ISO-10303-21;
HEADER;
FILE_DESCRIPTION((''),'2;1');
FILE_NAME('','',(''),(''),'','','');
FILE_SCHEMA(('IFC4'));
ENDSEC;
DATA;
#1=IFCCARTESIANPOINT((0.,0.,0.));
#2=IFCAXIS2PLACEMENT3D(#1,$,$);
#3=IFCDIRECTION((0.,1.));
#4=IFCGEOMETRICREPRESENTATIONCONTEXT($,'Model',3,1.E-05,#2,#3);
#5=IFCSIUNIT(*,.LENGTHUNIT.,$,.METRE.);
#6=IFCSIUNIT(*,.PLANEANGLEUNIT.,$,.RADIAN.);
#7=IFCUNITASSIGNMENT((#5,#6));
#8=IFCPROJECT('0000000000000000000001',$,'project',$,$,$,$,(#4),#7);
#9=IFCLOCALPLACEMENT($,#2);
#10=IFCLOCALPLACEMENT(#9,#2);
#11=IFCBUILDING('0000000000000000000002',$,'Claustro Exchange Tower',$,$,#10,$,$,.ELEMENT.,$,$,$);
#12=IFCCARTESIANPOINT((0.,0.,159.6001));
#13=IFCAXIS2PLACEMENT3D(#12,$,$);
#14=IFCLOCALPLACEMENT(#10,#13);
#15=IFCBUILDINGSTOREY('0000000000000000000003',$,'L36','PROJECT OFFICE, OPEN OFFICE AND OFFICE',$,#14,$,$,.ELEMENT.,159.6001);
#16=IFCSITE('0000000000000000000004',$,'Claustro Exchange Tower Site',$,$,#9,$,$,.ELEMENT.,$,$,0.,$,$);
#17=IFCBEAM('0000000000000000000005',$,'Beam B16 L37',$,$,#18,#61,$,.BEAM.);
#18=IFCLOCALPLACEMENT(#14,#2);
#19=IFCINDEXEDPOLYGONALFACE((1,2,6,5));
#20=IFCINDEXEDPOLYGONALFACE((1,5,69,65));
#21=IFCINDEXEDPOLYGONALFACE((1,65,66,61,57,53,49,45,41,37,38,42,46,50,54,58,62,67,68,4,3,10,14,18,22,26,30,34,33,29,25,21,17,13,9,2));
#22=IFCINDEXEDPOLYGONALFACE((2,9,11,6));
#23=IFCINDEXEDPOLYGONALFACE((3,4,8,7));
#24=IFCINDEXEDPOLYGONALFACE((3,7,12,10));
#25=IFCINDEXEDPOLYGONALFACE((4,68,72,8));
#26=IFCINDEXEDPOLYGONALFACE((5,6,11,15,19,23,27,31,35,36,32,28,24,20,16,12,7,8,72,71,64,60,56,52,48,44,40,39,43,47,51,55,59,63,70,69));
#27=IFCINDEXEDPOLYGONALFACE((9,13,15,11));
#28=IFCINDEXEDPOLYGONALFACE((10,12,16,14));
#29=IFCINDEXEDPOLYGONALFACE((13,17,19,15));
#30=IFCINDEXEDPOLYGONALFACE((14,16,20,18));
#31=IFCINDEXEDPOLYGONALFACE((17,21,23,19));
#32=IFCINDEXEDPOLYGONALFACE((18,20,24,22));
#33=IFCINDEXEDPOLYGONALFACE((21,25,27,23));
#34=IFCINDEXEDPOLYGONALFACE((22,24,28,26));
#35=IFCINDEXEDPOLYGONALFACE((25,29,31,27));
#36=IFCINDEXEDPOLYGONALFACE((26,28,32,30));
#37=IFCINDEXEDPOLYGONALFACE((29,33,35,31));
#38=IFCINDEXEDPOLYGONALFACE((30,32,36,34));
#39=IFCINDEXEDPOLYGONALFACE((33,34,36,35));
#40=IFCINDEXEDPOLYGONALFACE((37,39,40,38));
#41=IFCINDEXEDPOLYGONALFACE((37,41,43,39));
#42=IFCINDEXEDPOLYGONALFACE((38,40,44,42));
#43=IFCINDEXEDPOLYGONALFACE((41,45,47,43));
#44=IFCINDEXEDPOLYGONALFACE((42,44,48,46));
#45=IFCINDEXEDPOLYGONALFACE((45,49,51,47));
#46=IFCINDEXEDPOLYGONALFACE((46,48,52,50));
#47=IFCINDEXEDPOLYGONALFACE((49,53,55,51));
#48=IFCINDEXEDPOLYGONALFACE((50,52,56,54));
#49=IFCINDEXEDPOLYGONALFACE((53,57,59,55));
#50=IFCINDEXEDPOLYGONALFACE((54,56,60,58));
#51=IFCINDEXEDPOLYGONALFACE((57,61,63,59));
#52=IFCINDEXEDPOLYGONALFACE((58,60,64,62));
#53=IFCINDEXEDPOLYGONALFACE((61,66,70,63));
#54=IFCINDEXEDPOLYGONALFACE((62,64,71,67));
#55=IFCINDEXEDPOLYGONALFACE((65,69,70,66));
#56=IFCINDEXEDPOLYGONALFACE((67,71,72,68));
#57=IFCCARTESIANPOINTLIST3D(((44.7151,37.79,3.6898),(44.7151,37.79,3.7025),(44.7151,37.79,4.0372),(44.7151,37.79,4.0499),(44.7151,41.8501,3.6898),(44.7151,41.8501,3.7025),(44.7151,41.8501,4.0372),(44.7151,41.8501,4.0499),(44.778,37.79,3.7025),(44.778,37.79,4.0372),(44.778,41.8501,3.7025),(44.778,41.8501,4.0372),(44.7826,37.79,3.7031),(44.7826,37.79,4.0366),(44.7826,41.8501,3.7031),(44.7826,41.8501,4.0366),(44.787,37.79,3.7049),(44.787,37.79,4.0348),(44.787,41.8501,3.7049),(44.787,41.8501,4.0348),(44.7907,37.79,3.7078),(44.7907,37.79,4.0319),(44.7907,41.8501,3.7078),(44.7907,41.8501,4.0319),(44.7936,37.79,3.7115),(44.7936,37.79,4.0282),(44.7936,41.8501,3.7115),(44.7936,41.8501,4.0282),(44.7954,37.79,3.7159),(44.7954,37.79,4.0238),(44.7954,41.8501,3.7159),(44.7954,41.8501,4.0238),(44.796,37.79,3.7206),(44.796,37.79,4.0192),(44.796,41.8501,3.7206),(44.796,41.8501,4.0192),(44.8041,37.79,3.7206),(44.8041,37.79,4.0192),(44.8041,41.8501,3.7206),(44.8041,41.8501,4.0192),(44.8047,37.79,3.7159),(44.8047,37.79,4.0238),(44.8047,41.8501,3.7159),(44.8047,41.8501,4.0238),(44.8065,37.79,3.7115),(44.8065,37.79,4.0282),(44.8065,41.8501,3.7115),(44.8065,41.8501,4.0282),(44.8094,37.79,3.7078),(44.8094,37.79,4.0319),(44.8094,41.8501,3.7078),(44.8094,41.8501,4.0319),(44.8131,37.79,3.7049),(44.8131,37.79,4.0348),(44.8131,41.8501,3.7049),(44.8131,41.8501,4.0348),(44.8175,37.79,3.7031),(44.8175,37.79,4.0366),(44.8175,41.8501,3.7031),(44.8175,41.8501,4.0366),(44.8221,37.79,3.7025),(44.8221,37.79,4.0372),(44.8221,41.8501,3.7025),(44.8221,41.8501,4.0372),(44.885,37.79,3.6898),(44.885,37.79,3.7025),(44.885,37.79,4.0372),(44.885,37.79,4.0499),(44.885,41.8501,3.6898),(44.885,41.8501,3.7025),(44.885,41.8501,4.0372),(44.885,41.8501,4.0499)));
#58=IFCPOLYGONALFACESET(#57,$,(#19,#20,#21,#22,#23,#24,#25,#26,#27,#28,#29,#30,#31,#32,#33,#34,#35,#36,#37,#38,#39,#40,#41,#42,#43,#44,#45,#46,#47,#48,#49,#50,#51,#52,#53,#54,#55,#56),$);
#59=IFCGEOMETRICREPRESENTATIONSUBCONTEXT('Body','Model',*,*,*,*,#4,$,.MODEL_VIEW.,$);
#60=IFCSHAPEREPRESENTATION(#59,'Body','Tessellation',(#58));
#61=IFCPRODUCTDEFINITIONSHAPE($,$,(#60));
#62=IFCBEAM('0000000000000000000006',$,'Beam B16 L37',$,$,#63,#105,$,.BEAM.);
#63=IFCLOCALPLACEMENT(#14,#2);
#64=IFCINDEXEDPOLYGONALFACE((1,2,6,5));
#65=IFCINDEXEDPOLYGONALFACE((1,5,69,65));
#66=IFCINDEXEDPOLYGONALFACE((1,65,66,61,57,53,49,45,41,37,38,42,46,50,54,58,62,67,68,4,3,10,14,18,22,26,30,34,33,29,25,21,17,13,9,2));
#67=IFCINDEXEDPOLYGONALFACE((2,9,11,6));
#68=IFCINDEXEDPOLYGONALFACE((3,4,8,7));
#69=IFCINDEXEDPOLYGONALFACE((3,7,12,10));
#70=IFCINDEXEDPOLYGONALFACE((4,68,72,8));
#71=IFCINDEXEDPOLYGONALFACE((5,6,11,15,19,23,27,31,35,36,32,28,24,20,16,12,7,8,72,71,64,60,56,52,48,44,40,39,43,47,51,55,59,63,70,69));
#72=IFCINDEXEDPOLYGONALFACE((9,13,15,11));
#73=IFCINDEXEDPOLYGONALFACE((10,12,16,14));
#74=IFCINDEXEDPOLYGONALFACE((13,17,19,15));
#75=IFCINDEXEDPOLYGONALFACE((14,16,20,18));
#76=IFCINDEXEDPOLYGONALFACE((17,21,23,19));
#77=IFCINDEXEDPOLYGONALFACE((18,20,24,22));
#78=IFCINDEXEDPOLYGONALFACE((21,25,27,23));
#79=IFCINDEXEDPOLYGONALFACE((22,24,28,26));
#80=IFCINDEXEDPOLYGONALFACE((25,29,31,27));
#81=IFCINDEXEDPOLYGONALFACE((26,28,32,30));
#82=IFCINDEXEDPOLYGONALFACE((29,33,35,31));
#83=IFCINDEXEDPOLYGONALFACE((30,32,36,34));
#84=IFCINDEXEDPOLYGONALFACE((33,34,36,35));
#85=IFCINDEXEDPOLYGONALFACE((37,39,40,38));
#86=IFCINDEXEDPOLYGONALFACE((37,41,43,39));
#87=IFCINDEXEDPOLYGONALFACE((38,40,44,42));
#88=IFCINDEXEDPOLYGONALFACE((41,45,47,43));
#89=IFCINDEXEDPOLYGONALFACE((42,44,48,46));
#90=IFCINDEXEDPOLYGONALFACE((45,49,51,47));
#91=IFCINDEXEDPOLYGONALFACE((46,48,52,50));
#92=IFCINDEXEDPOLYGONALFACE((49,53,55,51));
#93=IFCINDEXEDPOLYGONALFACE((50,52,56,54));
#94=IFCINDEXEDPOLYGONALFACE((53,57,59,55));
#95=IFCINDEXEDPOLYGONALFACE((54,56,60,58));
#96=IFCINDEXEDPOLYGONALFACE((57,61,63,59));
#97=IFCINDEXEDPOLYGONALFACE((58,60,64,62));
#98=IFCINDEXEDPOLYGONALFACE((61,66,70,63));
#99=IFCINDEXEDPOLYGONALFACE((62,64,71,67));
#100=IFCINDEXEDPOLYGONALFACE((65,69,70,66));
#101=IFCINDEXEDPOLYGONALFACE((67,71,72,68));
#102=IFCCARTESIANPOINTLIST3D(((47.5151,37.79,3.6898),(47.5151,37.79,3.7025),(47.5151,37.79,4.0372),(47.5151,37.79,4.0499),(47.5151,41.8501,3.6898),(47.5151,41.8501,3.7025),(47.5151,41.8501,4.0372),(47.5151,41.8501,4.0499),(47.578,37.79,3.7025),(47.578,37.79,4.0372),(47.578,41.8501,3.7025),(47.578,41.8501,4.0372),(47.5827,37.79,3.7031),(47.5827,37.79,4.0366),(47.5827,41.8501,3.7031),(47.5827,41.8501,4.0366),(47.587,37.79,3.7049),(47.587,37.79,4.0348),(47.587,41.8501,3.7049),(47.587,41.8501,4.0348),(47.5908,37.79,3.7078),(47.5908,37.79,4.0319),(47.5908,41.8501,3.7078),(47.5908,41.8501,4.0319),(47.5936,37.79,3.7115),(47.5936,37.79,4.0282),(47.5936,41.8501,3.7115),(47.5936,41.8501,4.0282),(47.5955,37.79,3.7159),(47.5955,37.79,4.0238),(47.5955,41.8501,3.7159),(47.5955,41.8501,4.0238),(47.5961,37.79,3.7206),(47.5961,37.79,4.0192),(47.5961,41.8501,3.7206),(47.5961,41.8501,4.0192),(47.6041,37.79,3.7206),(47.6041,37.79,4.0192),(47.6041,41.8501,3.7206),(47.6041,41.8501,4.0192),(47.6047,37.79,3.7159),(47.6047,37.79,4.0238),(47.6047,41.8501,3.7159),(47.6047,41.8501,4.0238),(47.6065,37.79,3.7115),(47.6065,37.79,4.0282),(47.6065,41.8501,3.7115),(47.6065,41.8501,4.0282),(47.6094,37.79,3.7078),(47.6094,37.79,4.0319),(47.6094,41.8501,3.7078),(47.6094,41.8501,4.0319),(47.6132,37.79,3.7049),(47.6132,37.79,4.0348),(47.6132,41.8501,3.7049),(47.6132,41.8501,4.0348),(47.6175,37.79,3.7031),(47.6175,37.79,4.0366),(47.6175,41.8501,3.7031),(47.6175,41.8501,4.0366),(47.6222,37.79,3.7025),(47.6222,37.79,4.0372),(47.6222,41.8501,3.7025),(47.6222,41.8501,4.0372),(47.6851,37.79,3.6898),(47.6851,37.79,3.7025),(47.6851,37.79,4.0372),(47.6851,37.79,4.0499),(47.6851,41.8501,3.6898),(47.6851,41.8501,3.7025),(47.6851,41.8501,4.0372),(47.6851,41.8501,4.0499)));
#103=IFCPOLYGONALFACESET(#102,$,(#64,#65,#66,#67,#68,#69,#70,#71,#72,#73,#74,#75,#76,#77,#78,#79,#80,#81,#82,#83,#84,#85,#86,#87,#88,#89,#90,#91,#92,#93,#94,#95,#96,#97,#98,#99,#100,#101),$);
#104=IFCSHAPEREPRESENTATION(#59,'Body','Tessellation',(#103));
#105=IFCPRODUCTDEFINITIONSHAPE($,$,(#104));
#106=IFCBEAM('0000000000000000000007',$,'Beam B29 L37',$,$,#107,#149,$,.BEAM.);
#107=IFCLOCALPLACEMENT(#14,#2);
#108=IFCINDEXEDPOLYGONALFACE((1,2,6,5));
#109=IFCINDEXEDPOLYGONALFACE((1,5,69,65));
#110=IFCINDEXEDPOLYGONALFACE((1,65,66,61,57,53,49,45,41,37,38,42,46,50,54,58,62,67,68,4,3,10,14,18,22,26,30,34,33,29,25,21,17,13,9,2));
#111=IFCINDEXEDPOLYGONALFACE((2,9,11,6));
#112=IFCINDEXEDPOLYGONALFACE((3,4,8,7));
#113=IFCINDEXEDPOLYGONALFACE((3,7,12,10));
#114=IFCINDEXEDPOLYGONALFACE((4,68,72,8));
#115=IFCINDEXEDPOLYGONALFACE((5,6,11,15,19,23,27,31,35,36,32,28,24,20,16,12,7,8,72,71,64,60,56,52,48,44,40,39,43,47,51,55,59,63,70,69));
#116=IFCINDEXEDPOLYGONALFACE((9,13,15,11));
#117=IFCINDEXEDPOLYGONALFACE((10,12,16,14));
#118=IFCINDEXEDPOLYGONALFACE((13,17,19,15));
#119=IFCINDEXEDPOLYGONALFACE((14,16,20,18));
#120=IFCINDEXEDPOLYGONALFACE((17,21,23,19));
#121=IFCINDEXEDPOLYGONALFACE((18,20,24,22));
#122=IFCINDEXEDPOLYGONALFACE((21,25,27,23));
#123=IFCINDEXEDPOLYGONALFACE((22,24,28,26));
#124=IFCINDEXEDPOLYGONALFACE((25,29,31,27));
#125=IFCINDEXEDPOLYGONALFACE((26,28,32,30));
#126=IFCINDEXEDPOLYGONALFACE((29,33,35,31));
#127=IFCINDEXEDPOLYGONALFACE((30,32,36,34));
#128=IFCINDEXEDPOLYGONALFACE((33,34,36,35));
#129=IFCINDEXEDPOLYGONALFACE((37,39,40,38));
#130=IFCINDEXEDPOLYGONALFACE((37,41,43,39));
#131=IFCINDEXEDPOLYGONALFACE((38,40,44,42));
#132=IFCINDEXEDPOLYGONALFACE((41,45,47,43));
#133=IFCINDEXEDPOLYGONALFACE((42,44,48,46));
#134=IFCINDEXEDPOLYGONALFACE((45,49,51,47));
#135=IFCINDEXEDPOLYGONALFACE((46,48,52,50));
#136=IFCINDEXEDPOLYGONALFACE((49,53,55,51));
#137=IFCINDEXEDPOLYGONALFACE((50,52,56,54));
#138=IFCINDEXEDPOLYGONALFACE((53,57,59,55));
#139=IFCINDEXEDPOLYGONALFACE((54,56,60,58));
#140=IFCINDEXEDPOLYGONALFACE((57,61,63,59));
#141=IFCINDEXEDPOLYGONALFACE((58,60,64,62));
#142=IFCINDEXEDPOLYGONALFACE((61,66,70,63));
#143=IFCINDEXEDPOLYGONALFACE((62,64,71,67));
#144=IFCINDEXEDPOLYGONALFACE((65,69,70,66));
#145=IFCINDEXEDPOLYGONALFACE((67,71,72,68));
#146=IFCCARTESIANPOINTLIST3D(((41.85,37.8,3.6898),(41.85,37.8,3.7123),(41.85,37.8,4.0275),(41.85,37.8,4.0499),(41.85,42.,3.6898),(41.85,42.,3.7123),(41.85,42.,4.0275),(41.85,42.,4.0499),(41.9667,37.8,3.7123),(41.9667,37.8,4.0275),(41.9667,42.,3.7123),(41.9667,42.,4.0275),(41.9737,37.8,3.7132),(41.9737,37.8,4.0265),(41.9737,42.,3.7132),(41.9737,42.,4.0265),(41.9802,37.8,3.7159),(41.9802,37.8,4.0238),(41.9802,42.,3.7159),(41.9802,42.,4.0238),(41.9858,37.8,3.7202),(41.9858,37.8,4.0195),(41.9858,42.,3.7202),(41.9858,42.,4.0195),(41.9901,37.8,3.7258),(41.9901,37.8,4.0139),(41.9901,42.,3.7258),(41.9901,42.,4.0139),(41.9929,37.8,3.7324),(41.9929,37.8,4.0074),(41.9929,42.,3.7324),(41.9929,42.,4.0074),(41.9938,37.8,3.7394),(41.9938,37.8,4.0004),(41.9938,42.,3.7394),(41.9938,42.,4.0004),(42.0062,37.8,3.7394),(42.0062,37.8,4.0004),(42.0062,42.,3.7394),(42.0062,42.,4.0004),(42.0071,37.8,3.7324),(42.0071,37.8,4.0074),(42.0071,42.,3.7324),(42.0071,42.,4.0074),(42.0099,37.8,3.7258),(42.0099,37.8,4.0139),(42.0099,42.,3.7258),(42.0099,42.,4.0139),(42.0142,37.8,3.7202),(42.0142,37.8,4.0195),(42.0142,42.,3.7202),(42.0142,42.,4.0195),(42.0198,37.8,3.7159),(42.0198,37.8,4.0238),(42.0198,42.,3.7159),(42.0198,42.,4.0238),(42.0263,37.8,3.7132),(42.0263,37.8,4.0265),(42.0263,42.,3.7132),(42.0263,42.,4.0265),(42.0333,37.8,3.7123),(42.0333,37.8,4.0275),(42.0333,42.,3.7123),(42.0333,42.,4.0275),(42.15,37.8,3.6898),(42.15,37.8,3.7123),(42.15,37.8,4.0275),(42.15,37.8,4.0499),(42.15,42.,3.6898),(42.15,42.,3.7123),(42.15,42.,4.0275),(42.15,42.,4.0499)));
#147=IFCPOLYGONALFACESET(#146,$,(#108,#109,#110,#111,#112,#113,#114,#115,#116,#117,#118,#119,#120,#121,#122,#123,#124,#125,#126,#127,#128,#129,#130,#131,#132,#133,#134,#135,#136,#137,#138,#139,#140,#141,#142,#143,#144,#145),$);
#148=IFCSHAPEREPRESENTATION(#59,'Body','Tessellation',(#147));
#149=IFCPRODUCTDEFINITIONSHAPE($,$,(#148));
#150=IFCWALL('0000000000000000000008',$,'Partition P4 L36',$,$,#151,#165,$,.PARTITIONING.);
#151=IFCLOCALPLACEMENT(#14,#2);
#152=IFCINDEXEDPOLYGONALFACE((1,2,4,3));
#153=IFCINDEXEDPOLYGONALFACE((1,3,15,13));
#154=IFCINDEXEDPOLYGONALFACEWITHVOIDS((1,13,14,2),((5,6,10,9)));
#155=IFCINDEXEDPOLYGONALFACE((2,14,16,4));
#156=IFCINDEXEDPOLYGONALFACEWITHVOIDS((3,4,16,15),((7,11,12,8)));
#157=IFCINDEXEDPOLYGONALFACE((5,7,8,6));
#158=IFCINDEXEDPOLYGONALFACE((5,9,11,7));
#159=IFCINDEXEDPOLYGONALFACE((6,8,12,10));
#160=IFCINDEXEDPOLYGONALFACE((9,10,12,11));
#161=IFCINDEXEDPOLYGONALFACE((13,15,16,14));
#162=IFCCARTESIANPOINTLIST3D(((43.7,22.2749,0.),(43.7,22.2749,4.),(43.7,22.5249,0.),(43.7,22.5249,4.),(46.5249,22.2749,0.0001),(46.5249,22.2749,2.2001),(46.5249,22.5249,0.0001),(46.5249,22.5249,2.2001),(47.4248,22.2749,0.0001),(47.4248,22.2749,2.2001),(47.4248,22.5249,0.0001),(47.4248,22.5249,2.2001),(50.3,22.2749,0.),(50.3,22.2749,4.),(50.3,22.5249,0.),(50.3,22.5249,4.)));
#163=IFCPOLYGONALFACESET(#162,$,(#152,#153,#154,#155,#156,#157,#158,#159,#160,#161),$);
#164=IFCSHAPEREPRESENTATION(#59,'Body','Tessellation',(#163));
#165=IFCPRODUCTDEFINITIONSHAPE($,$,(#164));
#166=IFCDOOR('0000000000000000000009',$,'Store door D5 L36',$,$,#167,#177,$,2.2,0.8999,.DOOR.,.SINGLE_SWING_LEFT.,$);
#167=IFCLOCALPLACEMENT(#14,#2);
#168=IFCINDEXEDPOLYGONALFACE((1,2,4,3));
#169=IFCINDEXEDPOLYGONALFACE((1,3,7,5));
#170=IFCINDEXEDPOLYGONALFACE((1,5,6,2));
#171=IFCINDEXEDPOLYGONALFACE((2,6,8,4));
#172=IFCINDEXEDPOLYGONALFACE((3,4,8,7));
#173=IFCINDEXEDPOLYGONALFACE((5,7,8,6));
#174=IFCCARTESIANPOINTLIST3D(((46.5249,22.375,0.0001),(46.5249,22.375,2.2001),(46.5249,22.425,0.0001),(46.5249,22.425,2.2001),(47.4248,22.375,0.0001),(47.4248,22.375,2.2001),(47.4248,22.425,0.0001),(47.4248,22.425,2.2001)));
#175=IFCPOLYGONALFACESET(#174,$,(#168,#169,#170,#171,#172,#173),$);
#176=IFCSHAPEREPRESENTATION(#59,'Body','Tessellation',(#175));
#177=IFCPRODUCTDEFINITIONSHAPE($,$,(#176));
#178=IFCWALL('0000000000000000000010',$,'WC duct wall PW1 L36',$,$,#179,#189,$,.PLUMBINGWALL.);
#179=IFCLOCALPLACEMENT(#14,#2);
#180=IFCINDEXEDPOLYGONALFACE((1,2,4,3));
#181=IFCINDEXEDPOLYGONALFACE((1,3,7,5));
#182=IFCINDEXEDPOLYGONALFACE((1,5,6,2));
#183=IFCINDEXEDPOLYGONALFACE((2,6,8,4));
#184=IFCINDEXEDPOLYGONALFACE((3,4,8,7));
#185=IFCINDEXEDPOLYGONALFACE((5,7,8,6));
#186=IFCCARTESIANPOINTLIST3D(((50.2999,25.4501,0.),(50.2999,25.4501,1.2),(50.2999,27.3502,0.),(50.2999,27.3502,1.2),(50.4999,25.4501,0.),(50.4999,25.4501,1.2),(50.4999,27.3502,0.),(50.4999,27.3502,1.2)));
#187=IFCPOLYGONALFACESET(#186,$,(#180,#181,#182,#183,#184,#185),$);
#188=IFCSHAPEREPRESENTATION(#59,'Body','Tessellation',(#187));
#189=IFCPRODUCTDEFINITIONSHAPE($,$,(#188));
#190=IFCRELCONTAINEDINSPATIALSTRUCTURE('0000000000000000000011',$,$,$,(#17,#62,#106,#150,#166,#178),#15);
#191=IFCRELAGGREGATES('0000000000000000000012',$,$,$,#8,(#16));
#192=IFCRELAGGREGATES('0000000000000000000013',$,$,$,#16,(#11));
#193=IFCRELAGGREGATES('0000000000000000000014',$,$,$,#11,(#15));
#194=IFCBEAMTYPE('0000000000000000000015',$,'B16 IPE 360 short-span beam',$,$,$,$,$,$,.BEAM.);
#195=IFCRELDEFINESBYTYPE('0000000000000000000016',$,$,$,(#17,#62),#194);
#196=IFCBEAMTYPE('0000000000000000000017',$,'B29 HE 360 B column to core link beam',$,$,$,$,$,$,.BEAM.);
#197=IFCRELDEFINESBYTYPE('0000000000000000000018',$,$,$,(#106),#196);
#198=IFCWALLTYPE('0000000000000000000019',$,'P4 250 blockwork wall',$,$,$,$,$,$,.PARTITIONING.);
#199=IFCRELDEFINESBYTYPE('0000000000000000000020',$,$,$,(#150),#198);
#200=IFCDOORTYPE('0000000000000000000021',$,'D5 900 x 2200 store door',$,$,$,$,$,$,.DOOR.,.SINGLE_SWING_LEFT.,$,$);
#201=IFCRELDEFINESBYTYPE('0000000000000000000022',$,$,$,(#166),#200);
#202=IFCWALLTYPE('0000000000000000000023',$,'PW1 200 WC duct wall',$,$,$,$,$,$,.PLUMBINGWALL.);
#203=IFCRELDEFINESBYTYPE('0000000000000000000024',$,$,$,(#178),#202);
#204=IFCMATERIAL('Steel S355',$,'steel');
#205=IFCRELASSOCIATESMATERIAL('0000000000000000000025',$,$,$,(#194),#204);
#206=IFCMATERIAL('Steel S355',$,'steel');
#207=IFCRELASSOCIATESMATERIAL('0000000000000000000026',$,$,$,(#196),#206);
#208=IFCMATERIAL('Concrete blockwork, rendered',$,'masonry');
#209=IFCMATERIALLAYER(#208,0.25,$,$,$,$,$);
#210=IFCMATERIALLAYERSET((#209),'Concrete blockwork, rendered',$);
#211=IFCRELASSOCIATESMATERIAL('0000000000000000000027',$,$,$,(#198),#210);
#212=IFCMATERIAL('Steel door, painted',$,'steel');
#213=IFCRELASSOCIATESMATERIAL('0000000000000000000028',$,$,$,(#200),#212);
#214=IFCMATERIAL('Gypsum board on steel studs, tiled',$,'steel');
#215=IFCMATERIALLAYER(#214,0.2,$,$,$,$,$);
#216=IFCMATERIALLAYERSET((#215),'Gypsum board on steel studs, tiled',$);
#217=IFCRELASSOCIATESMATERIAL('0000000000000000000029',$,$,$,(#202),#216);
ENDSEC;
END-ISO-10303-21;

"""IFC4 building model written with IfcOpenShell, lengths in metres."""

from ifc_helpers import new_model, si_unit, direction, frame, frame_2d, origin, origin_2d, place, context, subcontext, project, spatial, rectangle, i_section, extrude, material, layer, layer_set, material_profile, profile_set, type_object, element, fill, save


model = new_model("IFC4")

# Units and contexts
model_context = context("Model", 3, precision=1e-05, world=origin(), true_north=direction((0.0, 1.0)))
body_context = subcontext(model_context, "Body", "Model", "MODEL_VIEW")
ifc_project = project(units=[si_unit("LENGTHUNIT", "METRE"), si_unit("PLANEANGLEUNIT", "RADIAN")], contexts=[model_context])

# Site, building, storey
site_placement = place(None, origin())
site = spatial("IfcSite", under=ifc_project, at=site_placement, Name="Claustro Exchange Tower Site", CompositionType="ELEMENT", RefElevation=0.0)
building_placement = place(site_placement, origin())
building = spatial("IfcBuilding", under=site, at=building_placement, Name="Claustro Exchange Tower", CompositionType="ELEMENT")
storey_placement = place(building_placement, frame((0.0, 0.0, 159.6001)))
storey = spatial("IfcBuildingStorey", under=building, at=storey_placement, Name="L36", Description="PROJECT OFFICE, OPEN OFFICE AND OFFICE", CompositionType="ELEMENT", Elevation=159.6001)

# Beams
ifc_material_1 = material(Name="Steel S355", Category="steel")
ifc_material_profile_1 = material_profile(ifc_material_1, i_section(OverallWidth=0.1699, OverallDepth=0.3601, WebThickness=0.0081, FlangeThickness=0.0127, FilletRadius=0.0181, at=origin_2d()), Name="IPE 360")
ifc_profile_set_1 = profile_set([ifc_material_profile_1], Name="Steel S355")
beam_type_1 = type_object("IfcBeamType", Name="B16 IPE 360 short-span beam", PredefinedType="BEAM", material=ifc_profile_set_1)
for number, where, z_axis, x_axis, name in (
    (1, (44.8, 37.79, 3.8699), (0.0, 1.0, 0.0), (-1.0, 0.0, 0.0), "Beam B16 L37"),
    (2, (47.6001, 37.79, 3.8699), (0.0, 1.0, 0.0), (-1.0, 0.0, 0.0), "Beam B16 L37"),
):
    element("IfcBeam", number, at=place(storey_placement, frame(where, z_axis=z_axis, x_axis=x_axis)), inside=storey, type_object=beam_type_1, Name=name, PredefinedType="BEAM", context=body_context, shape_type="SweptSolid", body=[
        extrude(i_section(OverallWidth=0.1699, OverallDepth=0.3601, WebThickness=0.0081, FlangeThickness=0.0127, FilletRadius=0.0181, at=origin_2d()), origin(), (0.0, 0.0, 1.0), 4.0601),
    ])
ifc_material_2 = material(Name="Steel S355", Category="steel")
ifc_material_profile_2 = material_profile(ifc_material_2, i_section(OverallWidth=0.3, OverallDepth=0.3601, WebThickness=0.0125, FlangeThickness=0.0225, FilletRadius=0.0271, at=origin_2d()), Name="HE 360 B")
ifc_profile_set_2 = profile_set([ifc_material_profile_2], Name="Steel S355")
beam_type_2 = type_object("IfcBeamType", Name="B29 HE 360 B column to core link beam", PredefinedType="BEAM", material=ifc_profile_set_2)
beam_placement = place(storey_placement, frame((42.0, 37.8, 3.8699), z_axis=(0.0, 1.0, 0.0), x_axis=(-1.0, 0.0, 0.0)))
element("IfcBeam", 3, at=beam_placement, inside=storey, type_object=beam_type_2, Name="Beam B29 L37", PredefinedType="BEAM", context=body_context, shape_type="SweptSolid", body=[
    extrude(i_section(OverallWidth=0.3, OverallDepth=0.3601, WebThickness=0.0125, FlangeThickness=0.0225, FilletRadius=0.0271, at=origin_2d()), origin(), (0.0, 0.0, 1.0), 4.2),
])

# Wall, opening, door
ifc_material_3 = material(Name="Concrete blockwork, rendered", Category="masonry")
ifc_layer_1 = layer(ifc_material_3, 0.25)
ifc_layer_set_1 = layer_set([ifc_layer_1], Name="Concrete blockwork, rendered")
wall_type_1 = type_object("IfcWallType", Name="P4 250 blockwork wall", PredefinedType="PARTITIONING", material=ifc_layer_set_1)
wall_1_placement = place(storey_placement, frame((43.7, 22.3999, 0.0), z_axis=(0.0, 0.0, 1.0), x_axis=(1.0, 0.0, 0.0)))
wall_1 = element("IfcWall", 4, at=wall_1_placement, inside=storey, type_object=wall_type_1, Name="Partition P4 L36", PredefinedType="PARTITIONING", context=body_context, shape_type="SweptSolid", body=[
    extrude(rectangle(XDim=6.6001, YDim=0.25, at=frame_2d((3.3, 0.0))), origin(), (0.0, 0.0, 1.0), 4.0),
])
opening_placement = place(wall_1_placement, frame((2.825, 0.0, 0.0)))
opening = element("IfcOpeningElement", 5, at=opening_placement, cuts=wall_1, PredefinedType="OPENING", context=body_context, shape_type="SweptSolid", body=[
    extrude(rectangle(XDim=0.8999, YDim=2.2, at=frame_2d((0.45, 1.1001))), frame((0.0, 0.135, 0.0), z_axis=(0.0, -1.0, 0.0), x_axis=(1.0, 0.0, 0.0)), (0.0, 0.0, 1.0), 0.27),
])
ifc_material_4 = material(Name="Steel door, painted", Category="steel")
door_type = type_object("IfcDoorType", Name="D5 900 x 2200 store door", OperationType="SINGLE_SWING_LEFT", PredefinedType="DOOR", material=ifc_material_4)
door_placement = place(opening_placement, frame((0.8999, 0.0, 0.0), z_axis=(0.0, 0.0, 1.0), x_axis=(-1.0, 0.0, 0.0)))
door = element("IfcDoor", 6, at=door_placement, inside=storey, type_object=door_type, Name="Store door D5 L36", OperationType="SINGLE_SWING_LEFT", OverallHeight=2.2, OverallWidth=0.8999, PredefinedType="DOOR", context=body_context, shape_type="SweptSolid", body=[
    extrude(rectangle(XDim=0.8999, YDim=2.2, at=frame_2d((0.45, 1.1001))), frame((0.0, 0.0249, 0.0), z_axis=(0.0, -1.0, 0.0), x_axis=(1.0, 0.0, 0.0)), (0.0, 0.0, 1.0), 0.05),
])
fill(opening, door)

# Wall
ifc_material_5 = material(Name="Gypsum board on steel studs, tiled", Category="steel")
ifc_layer_2 = layer(ifc_material_5, 0.2)
ifc_layer_set_2 = layer_set([ifc_layer_2], Name="Gypsum board on steel studs, tiled")
wall_type_2 = type_object("IfcWallType", Name="PW1 200 WC duct wall", PredefinedType="PLUMBINGWALL", material=ifc_layer_set_2)
wall_2_placement = place(storey_placement, frame((50.3999, 25.45, 0.0), z_axis=(0.0, 0.0, 1.0), x_axis=(0.0, 1.0, 0.0)))
element("IfcWall", 7, at=wall_2_placement, inside=storey, type_object=wall_type_2, Name="WC duct wall PW1 L36", PredefinedType="PLUMBINGWALL", context=body_context, shape_type="SweptSolid", body=[
    extrude(rectangle(XDim=1.9001, YDim=0.2, at=frame_2d((0.9502, 0.0))), origin(), (0.0, 0.0, 1.0), 1.2),
])

save(model, "model.ifc")
